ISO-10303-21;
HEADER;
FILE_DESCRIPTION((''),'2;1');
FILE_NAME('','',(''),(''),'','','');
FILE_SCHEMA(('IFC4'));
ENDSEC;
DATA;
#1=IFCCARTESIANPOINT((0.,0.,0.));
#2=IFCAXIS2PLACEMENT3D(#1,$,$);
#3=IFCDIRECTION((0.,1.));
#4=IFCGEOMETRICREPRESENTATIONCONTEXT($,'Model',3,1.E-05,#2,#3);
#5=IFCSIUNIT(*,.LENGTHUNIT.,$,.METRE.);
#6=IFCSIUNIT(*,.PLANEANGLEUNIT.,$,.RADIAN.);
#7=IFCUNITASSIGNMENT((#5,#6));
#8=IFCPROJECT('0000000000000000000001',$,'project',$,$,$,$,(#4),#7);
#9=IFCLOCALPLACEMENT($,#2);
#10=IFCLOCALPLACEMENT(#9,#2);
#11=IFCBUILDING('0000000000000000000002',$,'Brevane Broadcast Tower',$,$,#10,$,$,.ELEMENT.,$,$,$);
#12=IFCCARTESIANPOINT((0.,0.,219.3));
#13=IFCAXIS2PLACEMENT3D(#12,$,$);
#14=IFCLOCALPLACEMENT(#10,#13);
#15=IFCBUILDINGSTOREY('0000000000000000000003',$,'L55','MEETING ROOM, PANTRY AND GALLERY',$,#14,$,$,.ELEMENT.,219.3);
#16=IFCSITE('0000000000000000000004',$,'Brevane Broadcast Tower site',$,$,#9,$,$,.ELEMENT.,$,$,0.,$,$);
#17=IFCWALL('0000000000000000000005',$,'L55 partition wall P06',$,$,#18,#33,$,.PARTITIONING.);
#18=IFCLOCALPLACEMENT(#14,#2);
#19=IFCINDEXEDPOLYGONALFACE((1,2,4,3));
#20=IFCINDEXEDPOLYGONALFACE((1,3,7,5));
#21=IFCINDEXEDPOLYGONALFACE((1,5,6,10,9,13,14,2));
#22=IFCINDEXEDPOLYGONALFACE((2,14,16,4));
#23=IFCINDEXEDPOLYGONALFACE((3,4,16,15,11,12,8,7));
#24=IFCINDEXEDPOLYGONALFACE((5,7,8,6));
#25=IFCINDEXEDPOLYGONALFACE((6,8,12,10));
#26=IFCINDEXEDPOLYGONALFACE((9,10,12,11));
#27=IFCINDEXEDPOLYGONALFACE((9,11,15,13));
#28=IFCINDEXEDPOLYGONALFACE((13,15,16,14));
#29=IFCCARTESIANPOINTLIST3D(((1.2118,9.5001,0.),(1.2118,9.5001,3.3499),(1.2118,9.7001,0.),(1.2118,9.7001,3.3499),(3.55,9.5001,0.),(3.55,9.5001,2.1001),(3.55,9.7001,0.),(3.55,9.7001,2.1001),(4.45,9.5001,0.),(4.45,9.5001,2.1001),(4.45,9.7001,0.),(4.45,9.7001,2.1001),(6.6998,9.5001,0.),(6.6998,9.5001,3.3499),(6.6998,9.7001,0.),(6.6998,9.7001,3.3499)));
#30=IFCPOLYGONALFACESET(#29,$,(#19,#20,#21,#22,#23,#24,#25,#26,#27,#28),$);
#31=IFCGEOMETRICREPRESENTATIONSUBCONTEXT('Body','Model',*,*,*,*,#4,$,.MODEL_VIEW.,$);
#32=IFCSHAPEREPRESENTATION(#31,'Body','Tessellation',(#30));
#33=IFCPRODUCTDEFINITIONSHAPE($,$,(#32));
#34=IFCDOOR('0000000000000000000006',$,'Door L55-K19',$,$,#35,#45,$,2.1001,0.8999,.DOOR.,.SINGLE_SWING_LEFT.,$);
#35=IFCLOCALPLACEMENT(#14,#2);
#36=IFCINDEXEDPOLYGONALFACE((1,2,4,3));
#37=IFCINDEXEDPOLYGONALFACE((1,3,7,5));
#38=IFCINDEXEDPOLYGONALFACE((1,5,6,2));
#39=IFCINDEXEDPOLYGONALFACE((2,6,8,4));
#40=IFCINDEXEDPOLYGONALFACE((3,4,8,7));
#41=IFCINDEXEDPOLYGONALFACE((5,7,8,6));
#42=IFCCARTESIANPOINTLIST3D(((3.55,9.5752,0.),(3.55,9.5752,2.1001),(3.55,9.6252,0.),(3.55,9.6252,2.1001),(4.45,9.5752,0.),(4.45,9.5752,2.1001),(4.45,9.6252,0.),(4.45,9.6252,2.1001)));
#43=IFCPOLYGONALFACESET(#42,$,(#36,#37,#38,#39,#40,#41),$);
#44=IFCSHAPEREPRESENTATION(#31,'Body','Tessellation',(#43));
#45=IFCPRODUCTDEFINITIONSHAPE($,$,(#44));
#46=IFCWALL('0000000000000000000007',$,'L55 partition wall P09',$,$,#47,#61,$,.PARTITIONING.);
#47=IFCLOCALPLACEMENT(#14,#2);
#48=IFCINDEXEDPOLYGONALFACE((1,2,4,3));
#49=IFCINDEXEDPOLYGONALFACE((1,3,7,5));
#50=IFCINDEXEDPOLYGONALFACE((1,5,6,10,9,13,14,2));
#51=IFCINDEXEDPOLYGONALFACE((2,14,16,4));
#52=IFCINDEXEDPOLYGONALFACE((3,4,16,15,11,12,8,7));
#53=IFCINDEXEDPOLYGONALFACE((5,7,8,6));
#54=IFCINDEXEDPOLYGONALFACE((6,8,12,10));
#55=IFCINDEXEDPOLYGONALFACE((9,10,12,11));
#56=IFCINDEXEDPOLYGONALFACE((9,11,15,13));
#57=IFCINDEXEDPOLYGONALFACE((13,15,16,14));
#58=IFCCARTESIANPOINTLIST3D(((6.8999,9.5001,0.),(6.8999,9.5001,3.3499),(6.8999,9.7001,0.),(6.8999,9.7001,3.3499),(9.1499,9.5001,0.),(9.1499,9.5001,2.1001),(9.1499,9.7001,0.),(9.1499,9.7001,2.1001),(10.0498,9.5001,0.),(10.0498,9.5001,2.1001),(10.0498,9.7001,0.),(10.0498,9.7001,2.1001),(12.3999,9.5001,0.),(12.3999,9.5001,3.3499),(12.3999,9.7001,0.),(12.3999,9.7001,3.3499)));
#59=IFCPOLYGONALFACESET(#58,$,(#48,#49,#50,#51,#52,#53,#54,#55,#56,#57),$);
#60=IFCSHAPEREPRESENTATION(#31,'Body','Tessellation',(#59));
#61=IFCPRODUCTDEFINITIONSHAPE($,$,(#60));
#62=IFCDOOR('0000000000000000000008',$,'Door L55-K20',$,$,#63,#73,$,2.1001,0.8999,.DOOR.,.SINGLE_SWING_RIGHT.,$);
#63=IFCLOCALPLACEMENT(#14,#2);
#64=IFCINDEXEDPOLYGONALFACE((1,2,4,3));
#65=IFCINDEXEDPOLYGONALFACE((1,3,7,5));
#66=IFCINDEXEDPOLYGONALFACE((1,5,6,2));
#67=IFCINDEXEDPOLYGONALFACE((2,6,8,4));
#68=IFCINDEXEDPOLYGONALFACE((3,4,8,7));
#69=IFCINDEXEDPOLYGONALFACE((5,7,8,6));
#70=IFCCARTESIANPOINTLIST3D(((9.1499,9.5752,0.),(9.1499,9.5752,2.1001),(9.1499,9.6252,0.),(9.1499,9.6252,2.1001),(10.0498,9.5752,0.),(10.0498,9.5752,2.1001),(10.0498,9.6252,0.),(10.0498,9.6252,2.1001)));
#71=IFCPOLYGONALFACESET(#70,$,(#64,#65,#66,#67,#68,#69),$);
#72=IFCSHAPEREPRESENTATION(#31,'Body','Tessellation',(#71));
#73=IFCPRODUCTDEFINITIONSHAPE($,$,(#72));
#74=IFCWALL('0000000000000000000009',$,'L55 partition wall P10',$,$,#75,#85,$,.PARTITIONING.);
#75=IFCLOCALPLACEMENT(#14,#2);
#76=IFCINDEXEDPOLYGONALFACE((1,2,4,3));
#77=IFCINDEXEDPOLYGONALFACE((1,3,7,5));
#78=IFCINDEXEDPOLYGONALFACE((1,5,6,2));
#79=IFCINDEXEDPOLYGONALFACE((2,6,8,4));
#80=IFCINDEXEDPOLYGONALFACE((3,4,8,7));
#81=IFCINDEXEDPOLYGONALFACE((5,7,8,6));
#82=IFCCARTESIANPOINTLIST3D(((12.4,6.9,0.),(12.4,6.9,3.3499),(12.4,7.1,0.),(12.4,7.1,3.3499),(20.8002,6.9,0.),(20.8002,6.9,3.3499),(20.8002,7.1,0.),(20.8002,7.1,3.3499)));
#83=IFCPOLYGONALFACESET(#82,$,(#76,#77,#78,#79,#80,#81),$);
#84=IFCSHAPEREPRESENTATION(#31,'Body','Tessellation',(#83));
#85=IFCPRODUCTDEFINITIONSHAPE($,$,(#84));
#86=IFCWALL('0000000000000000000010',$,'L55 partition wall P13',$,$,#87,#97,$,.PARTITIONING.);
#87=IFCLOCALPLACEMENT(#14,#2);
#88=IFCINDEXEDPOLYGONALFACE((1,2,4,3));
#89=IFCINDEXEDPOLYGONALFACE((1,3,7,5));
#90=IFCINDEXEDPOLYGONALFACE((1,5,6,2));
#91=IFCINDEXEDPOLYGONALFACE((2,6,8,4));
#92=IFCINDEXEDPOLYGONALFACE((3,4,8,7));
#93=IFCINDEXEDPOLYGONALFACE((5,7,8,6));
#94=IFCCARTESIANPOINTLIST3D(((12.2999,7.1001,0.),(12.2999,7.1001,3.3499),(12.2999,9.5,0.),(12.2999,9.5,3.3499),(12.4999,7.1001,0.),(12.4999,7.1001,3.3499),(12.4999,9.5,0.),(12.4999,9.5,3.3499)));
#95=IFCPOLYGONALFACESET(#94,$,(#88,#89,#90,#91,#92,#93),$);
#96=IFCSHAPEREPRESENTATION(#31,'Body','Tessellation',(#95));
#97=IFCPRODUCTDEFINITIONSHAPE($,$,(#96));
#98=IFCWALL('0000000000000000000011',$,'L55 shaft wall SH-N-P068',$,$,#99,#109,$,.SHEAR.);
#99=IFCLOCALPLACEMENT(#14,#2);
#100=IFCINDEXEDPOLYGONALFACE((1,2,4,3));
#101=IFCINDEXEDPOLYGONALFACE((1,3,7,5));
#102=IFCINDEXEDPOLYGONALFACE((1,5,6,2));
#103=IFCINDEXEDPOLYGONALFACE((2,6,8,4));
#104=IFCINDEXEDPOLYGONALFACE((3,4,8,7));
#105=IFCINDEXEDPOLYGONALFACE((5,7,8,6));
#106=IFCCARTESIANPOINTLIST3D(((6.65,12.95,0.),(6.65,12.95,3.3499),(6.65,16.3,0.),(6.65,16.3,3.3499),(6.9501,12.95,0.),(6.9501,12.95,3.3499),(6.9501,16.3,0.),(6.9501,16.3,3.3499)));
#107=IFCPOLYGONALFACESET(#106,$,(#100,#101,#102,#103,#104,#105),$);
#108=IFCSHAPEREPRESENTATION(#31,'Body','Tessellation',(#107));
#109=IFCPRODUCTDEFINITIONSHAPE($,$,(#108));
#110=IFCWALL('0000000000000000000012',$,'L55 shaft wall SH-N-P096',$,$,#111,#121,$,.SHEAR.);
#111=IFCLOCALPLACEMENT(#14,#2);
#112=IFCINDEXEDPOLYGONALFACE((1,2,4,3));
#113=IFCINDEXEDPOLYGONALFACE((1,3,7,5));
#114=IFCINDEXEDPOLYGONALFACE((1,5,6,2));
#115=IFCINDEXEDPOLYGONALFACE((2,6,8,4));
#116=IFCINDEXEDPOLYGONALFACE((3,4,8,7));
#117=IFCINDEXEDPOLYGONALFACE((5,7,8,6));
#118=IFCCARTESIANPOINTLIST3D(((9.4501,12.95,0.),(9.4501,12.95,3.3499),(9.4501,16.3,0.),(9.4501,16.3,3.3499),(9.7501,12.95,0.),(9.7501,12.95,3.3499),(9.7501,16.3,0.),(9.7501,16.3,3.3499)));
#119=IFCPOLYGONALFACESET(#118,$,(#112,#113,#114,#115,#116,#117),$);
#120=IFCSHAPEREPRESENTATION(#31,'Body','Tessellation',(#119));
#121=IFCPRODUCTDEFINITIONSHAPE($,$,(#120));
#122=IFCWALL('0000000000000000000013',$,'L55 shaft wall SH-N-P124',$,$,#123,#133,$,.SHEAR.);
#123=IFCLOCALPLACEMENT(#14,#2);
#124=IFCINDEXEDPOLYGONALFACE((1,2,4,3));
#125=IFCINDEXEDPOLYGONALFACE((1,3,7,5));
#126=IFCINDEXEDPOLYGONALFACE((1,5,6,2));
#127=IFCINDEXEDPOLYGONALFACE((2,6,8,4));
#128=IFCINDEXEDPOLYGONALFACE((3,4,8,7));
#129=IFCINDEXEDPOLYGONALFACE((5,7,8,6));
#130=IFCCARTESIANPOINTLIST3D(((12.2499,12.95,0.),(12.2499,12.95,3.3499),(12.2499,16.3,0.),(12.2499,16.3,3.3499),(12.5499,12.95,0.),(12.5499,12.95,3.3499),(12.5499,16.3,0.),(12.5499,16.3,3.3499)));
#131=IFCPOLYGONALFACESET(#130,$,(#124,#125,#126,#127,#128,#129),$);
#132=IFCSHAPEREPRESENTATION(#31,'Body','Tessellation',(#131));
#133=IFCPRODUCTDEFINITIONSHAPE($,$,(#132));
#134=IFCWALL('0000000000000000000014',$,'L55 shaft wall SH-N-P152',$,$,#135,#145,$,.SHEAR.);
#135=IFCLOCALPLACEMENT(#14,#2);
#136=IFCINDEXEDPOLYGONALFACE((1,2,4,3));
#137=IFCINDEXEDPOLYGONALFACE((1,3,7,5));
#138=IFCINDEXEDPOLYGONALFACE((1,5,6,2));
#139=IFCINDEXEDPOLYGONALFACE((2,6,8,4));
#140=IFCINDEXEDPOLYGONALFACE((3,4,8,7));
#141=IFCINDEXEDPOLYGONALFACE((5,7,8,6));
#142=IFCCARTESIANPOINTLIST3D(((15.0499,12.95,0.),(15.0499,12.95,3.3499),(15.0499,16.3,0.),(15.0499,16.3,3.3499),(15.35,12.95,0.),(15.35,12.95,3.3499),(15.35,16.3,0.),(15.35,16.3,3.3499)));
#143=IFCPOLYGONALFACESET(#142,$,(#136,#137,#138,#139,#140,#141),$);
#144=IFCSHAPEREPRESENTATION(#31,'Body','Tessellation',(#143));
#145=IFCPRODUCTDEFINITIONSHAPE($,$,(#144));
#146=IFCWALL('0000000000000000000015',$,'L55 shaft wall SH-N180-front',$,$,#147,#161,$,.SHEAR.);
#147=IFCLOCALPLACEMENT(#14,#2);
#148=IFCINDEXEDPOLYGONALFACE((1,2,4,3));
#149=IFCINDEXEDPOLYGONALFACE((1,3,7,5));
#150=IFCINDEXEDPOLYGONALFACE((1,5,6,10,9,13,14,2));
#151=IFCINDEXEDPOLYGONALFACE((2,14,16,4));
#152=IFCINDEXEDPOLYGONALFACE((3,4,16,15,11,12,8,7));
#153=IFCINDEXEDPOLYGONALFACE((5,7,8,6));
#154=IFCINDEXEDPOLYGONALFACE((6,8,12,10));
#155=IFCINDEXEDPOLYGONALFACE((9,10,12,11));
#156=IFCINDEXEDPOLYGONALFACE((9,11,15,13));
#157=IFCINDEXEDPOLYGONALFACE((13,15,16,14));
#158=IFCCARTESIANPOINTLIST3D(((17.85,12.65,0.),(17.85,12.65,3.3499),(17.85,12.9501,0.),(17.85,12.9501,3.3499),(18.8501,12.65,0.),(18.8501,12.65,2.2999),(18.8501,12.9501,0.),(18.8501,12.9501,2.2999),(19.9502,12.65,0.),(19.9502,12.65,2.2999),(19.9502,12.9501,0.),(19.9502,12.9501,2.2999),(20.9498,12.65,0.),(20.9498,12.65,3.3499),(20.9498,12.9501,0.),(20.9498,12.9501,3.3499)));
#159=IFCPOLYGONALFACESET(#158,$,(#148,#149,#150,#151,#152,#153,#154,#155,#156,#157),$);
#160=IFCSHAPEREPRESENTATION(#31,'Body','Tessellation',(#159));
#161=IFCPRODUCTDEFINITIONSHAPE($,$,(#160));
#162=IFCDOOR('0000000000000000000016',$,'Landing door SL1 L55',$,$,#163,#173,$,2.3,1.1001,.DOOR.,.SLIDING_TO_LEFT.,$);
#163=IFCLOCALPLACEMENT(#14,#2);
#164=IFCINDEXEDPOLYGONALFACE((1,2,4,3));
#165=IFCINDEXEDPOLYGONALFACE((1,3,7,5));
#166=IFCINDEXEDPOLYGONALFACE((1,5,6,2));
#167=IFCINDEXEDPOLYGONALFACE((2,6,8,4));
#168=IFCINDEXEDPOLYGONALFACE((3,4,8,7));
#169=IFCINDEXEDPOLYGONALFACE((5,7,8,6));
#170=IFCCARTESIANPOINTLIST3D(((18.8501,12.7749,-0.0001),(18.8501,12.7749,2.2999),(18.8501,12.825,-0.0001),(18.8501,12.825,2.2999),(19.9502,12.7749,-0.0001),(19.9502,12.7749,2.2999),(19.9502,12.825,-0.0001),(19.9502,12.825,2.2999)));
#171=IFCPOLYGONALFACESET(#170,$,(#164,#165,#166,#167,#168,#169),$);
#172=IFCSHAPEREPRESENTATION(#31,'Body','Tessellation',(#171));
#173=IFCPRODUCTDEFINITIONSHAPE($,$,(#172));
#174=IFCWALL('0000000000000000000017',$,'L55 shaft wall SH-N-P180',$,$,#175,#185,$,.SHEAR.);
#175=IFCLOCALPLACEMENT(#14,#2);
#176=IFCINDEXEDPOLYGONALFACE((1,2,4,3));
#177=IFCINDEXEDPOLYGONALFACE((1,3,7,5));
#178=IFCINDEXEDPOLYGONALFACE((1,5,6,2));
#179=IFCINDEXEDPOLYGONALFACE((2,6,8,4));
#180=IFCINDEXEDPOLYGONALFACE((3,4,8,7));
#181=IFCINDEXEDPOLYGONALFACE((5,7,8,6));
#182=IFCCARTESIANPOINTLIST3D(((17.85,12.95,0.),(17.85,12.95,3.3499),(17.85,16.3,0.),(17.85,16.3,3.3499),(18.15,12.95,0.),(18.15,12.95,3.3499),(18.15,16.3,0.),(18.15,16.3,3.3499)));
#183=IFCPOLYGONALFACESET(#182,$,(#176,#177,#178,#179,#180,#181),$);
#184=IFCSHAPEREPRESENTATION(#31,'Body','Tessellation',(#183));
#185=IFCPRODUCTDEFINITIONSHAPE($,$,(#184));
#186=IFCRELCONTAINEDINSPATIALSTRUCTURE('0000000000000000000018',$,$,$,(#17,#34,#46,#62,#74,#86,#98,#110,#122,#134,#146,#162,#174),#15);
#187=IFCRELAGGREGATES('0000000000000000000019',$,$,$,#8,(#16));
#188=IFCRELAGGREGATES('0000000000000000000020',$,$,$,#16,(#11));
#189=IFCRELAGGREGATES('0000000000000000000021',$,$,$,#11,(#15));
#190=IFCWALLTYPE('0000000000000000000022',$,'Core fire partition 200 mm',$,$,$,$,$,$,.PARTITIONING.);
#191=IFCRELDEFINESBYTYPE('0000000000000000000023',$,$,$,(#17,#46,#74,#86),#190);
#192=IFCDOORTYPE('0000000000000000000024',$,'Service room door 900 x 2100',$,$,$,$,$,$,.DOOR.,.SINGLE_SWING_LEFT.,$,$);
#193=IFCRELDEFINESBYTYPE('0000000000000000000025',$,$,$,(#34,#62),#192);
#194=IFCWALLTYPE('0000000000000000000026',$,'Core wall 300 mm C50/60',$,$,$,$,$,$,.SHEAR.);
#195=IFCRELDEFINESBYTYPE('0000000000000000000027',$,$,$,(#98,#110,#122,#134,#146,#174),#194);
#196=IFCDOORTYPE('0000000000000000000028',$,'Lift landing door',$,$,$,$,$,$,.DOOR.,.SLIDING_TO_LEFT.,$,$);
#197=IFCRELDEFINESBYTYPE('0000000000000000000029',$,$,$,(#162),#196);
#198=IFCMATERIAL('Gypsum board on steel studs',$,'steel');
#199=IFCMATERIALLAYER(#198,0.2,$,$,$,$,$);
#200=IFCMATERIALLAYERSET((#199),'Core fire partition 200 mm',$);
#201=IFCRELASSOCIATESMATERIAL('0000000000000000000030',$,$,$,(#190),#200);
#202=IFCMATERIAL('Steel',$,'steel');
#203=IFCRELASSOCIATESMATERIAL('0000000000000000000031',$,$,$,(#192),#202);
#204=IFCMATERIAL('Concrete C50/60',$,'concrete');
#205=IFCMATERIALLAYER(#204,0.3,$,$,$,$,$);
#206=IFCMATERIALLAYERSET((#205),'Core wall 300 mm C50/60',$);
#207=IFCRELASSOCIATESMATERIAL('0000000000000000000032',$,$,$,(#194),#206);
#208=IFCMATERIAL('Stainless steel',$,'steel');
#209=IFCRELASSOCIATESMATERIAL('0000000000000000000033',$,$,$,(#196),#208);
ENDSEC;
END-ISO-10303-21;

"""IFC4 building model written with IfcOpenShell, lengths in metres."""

from ifc_helpers import new_model, si_unit, direction, frame, frame_2d, origin, place, context, subcontext, project, spatial, rectangle, extrude, material, layer, layer_set, type_object, element, fill, save


model = new_model("IFC4")

# Units and contexts
model_context = context("Model", 3, precision=1e-05, world=origin(), true_north=direction((0.0, 1.0)))
body_context = subcontext(model_context, "Body", "Model", "MODEL_VIEW")
ifc_project = project(units=[si_unit("LENGTHUNIT", "METRE"), si_unit("PLANEANGLEUNIT", "RADIAN")], contexts=[model_context])

# Site, building, storey
site_placement = place(None, origin())
site = spatial("IfcSite", under=ifc_project, at=site_placement, Name="Brevane Broadcast Tower site", CompositionType="ELEMENT", RefElevation=0.0)
building_placement = place(site_placement, origin())
building = spatial("IfcBuilding", under=site, at=building_placement, Name="Brevane Broadcast Tower", CompositionType="ELEMENT")
storey_placement = place(building_placement, frame((0.0, 0.0, 219.3)))
storey = spatial("IfcBuildingStorey", under=building, at=storey_placement, Name="L55", Description="MEETING ROOM, PANTRY AND GALLERY", CompositionType="ELEMENT", Elevation=219.3)

# Shared definitions
ifc_material_1 = material(Name="Gypsum board on steel studs", Category="steel")
ifc_material_2 = material(Name="Steel", Category="steel")

# Shared definitions
ifc_layer_1 = layer(ifc_material_1, 0.2)
ifc_layer_set_1 = layer_set([ifc_layer_1], Name="Core fire partition 200 mm")
wall_type_1 = type_object("IfcWallType", Name="Core fire partition 200 mm", PredefinedType="PARTITIONING", material=ifc_layer_set_1)

# Walls, openings, doors
wall_1_placement = place(storey_placement, frame((6.7, 9.6001, 0.0), z_axis=(0.0, 0.0, 1.0), x_axis=(-1.0, 0.0, 0.0)))
wall_1 = element("IfcWall", 1, at=wall_1_placement, inside=storey, type_object=wall_type_1, Name="L55 partition wall P06", PredefinedType="PARTITIONING", context=body_context, shape_type="SweptSolid", body=[
    extrude(rectangle(XDim=5.488, YDim=0.2, at=frame_2d((2.7441, 0.0))), origin(), (0.0, 0.0, 1.0), 3.3499),
])
opening_1_placement = place(wall_1_placement, frame((2.25, 0.0, 0.0)))
opening_1 = element("IfcOpeningElement", 2, at=opening_1_placement, cuts=wall_1, PredefinedType="OPENING", context=body_context, shape_type="SweptSolid", body=[
    extrude(rectangle(XDim=0.8999, YDim=2.1001, at=frame_2d((0.45, 1.05))), frame((0.0, 0.1099, 0.0), z_axis=(0.0, -1.0, 0.0), x_axis=(1.0, 0.0, 0.0)), (0.0, 0.0, 1.0), 0.22),
])
door_type_1 = type_object("IfcDoorType", Name="Service room door 900 x 2100", OperationType="SINGLE_SWING_LEFT", PredefinedType="DOOR", material=ifc_material_2)
door_1_placement = place(opening_1_placement, origin())
door_1 = element("IfcDoor", 3, at=door_1_placement, inside=storey, type_object=door_type_1, Name="Door L55-K19", OperationType="SINGLE_SWING_LEFT", OverallHeight=2.1001, OverallWidth=0.8999, PredefinedType="DOOR", context=body_context, shape_type="SweptSolid", body=[
    extrude(rectangle(XDim=0.8999, YDim=2.1001, at=frame_2d((0.45, 1.05))), frame((0.0, 0.0249, 0.0), z_axis=(0.0, -1.0, 0.0), x_axis=(1.0, 0.0, 0.0)), (0.0, 0.0, 1.0), 0.05),
])
fill(opening_1, door_1)
wall_2_placement = place(storey_placement, frame((12.3999, 9.6001, 0.0), z_axis=(0.0, 0.0, 1.0), x_axis=(-1.0, 0.0, 0.0)))
wall_2 = element("IfcWall", 4, at=wall_2_placement, inside=storey, type_object=wall_type_1, Name="L55 partition wall P09", PredefinedType="PARTITIONING", context=body_context, shape_type="SweptSolid", body=[
    extrude(rectangle(XDim=5.5, YDim=0.2, at=frame_2d((2.75, 0.0))), origin(), (0.0, 0.0, 1.0), 3.3499),
])
opening_2_placement = place(wall_2_placement, frame((2.3501, 0.0, 0.0)))
opening_2 = element("IfcOpeningElement", 5, at=opening_2_placement, cuts=wall_2, PredefinedType="OPENING", context=body_context, shape_type="SweptSolid", body=[
    extrude(rectangle(XDim=0.8999, YDim=2.1001, at=frame_2d((0.45, 1.05))), frame((0.0, 0.1099, 0.0), z_axis=(0.0, -1.0, 0.0), x_axis=(1.0, 0.0, 0.0)), (0.0, 0.0, 1.0), 0.22),
])
door_2_placement = place(opening_2_placement, origin())
door_2 = element("IfcDoor", 6, at=door_2_placement, inside=storey, type_object=door_type_1, Name="Door L55-K20", OperationType="SINGLE_SWING_RIGHT", OverallHeight=2.1001, OverallWidth=0.8999, PredefinedType="DOOR", context=body_context, shape_type="SweptSolid", body=[
    extrude(rectangle(XDim=0.8999, YDim=2.1001, at=frame_2d((0.45, 1.05))), frame((0.0, 0.0249, 0.0), z_axis=(0.0, -1.0, 0.0), x_axis=(1.0, 0.0, 0.0)), (0.0, 0.0, 1.0), 0.05),
])
fill(opening_2, door_2)

# Walls
wall_3_placement = place(storey_placement, frame((12.3999, 7.0, 0.0), z_axis=(0.0, 0.0, 1.0), x_axis=(1.0, 0.0, 0.0)))
element("IfcWall", 7, at=wall_3_placement, inside=storey, type_object=wall_type_1, Name="L55 partition wall P10", PredefinedType="PARTITIONING", context=body_context, shape_type="SweptSolid", body=[
    extrude(rectangle(XDim=8.4001, YDim=0.2, at=frame_2d((4.2002, 0.0))), origin(), (0.0, 0.0, 1.0), 3.3499),
])
wall_4_placement = place(storey_placement, frame((12.3999, 9.5, 0.0), z_axis=(0.0, 0.0, 1.0), x_axis=(0.0, -1.0, 0.0)))
element("IfcWall", 8, at=wall_4_placement, inside=storey, type_object=wall_type_1, Name="L55 partition wall P13", PredefinedType="PARTITIONING", context=body_context, shape_type="SweptSolid", body=[
    extrude(rectangle(XDim=2.3999, YDim=0.2, at=frame_2d((1.2, 0.0))), origin(), (0.0, 0.0, 1.0), 3.3499),
])
ifc_material_3 = material(Name="Concrete C50/60", Category="concrete")
ifc_layer_2 = layer(ifc_material_3, 0.3)
ifc_layer_set_2 = layer_set([ifc_layer_2], Name="Core wall 300 mm C50/60")
wall_type_2 = type_object("IfcWallType", Name="Core wall 300 mm C50/60", PredefinedType="SHEAR", material=ifc_layer_set_2)
for number, where, z_axis, x_axis, name in (
    (9, (6.8, 12.95, 0.0), (0.0, 0.0, 1.0), (0.0, 1.0, 0.0), "L55 shaft wall SH-N-P068"),
    (10, (9.6001, 12.95, 0.0), (0.0, 0.0, 1.0), (0.0, 1.0, 0.0), "L55 shaft wall SH-N-P096"),
    (11, (12.3999, 12.95, 0.0), (0.0, 0.0, 1.0), (0.0, 1.0, 0.0), "L55 shaft wall SH-N-P124"),
    (12, (15.2, 12.95, 0.0), (0.0, 0.0, 1.0), (0.0, 1.0, 0.0), "L55 shaft wall SH-N-P152"),
):
    element("IfcWall", number, at=place(storey_placement, frame(where, z_axis=z_axis, x_axis=x_axis)), inside=storey, type_object=wall_type_2, Name=name, PredefinedType="SHEAR", context=body_context, shape_type="SweptSolid", body=[
        extrude(rectangle(XDim=3.3501, YDim=0.3, at=frame_2d((1.675, 0.0))), origin(), (0.0, 0.0, 1.0), 3.3499),
    ])

# Wall, opening, door
wall_5_placement = place(storey_placement, frame((17.8501, 12.8, 0.0), z_axis=(0.0, 0.0, 1.0), x_axis=(1.0, 0.0, 0.0)))
wall_5 = element("IfcWall", 13, at=wall_5_placement, inside=storey, type_object=wall_type_2, Name="L55 shaft wall SH-N180-front", PredefinedType="SHEAR", context=body_context, shape_type="SweptSolid", body=[
    extrude(rectangle(XDim=3.0999, YDim=0.3, at=frame_2d((1.5498, 0.0))), origin(), (0.0, 0.0, 1.0), 3.3499),
])
opening_3_placement = place(wall_5_placement, frame((1.0, 0.0, 0.0)))
opening_3 = element("IfcOpeningElement", 14, at=opening_3_placement, cuts=wall_5, PredefinedType="OPENING", context=body_context, shape_type="SweptSolid", body=[
    extrude(rectangle(XDim=1.1001, YDim=2.3, at=frame_2d((0.55, 1.1499))), frame((0.0, 0.1599, 0.0), z_axis=(0.0, -1.0, 0.0), x_axis=(1.0, 0.0, 0.0)), (0.0, 0.0, 1.0), 0.3201),
])
ifc_material_4 = material(Name="Stainless steel", Category="steel")
door_type_2 = type_object("IfcDoorType", Name="Lift landing door", OperationType="SLIDING_TO_LEFT", PredefinedType="DOOR", material=ifc_material_4)
door_3_placement = place(opening_3_placement, origin())
door_3 = element("IfcDoor", 15, at=door_3_placement, inside=storey, type_object=door_type_2, Name="Landing door SL1 L55", OperationType="SLIDING_TO_LEFT", OverallHeight=2.3, OverallWidth=1.1001, PredefinedType="DOOR", context=body_context, shape_type="SweptSolid", body=[
    extrude(rectangle(XDim=1.1001, YDim=2.3, at=frame_2d((0.55, 1.1499))), frame((0.0, 0.0249, 0.0), z_axis=(0.0, -1.0, 0.0), x_axis=(1.0, 0.0, 0.0)), (0.0, 0.0, 1.0), 0.05),
])
fill(opening_3, door_3)

# Wall
wall_6_placement = place(storey_placement, frame((18.0, 12.95, 0.0), z_axis=(0.0, 0.0, 1.0), x_axis=(0.0, 1.0, 0.0)))
element("IfcWall", 16, at=wall_6_placement, inside=storey, type_object=wall_type_2, Name="L55 shaft wall SH-N-P180", PredefinedType="SHEAR", context=body_context, shape_type="SweptSolid", body=[
    extrude(rectangle(XDim=3.3501, YDim=0.3, at=frame_2d((1.675, 0.0))), origin(), (0.0, 0.0, 1.0), 3.3499),
])

save(model, "model.ifc")
